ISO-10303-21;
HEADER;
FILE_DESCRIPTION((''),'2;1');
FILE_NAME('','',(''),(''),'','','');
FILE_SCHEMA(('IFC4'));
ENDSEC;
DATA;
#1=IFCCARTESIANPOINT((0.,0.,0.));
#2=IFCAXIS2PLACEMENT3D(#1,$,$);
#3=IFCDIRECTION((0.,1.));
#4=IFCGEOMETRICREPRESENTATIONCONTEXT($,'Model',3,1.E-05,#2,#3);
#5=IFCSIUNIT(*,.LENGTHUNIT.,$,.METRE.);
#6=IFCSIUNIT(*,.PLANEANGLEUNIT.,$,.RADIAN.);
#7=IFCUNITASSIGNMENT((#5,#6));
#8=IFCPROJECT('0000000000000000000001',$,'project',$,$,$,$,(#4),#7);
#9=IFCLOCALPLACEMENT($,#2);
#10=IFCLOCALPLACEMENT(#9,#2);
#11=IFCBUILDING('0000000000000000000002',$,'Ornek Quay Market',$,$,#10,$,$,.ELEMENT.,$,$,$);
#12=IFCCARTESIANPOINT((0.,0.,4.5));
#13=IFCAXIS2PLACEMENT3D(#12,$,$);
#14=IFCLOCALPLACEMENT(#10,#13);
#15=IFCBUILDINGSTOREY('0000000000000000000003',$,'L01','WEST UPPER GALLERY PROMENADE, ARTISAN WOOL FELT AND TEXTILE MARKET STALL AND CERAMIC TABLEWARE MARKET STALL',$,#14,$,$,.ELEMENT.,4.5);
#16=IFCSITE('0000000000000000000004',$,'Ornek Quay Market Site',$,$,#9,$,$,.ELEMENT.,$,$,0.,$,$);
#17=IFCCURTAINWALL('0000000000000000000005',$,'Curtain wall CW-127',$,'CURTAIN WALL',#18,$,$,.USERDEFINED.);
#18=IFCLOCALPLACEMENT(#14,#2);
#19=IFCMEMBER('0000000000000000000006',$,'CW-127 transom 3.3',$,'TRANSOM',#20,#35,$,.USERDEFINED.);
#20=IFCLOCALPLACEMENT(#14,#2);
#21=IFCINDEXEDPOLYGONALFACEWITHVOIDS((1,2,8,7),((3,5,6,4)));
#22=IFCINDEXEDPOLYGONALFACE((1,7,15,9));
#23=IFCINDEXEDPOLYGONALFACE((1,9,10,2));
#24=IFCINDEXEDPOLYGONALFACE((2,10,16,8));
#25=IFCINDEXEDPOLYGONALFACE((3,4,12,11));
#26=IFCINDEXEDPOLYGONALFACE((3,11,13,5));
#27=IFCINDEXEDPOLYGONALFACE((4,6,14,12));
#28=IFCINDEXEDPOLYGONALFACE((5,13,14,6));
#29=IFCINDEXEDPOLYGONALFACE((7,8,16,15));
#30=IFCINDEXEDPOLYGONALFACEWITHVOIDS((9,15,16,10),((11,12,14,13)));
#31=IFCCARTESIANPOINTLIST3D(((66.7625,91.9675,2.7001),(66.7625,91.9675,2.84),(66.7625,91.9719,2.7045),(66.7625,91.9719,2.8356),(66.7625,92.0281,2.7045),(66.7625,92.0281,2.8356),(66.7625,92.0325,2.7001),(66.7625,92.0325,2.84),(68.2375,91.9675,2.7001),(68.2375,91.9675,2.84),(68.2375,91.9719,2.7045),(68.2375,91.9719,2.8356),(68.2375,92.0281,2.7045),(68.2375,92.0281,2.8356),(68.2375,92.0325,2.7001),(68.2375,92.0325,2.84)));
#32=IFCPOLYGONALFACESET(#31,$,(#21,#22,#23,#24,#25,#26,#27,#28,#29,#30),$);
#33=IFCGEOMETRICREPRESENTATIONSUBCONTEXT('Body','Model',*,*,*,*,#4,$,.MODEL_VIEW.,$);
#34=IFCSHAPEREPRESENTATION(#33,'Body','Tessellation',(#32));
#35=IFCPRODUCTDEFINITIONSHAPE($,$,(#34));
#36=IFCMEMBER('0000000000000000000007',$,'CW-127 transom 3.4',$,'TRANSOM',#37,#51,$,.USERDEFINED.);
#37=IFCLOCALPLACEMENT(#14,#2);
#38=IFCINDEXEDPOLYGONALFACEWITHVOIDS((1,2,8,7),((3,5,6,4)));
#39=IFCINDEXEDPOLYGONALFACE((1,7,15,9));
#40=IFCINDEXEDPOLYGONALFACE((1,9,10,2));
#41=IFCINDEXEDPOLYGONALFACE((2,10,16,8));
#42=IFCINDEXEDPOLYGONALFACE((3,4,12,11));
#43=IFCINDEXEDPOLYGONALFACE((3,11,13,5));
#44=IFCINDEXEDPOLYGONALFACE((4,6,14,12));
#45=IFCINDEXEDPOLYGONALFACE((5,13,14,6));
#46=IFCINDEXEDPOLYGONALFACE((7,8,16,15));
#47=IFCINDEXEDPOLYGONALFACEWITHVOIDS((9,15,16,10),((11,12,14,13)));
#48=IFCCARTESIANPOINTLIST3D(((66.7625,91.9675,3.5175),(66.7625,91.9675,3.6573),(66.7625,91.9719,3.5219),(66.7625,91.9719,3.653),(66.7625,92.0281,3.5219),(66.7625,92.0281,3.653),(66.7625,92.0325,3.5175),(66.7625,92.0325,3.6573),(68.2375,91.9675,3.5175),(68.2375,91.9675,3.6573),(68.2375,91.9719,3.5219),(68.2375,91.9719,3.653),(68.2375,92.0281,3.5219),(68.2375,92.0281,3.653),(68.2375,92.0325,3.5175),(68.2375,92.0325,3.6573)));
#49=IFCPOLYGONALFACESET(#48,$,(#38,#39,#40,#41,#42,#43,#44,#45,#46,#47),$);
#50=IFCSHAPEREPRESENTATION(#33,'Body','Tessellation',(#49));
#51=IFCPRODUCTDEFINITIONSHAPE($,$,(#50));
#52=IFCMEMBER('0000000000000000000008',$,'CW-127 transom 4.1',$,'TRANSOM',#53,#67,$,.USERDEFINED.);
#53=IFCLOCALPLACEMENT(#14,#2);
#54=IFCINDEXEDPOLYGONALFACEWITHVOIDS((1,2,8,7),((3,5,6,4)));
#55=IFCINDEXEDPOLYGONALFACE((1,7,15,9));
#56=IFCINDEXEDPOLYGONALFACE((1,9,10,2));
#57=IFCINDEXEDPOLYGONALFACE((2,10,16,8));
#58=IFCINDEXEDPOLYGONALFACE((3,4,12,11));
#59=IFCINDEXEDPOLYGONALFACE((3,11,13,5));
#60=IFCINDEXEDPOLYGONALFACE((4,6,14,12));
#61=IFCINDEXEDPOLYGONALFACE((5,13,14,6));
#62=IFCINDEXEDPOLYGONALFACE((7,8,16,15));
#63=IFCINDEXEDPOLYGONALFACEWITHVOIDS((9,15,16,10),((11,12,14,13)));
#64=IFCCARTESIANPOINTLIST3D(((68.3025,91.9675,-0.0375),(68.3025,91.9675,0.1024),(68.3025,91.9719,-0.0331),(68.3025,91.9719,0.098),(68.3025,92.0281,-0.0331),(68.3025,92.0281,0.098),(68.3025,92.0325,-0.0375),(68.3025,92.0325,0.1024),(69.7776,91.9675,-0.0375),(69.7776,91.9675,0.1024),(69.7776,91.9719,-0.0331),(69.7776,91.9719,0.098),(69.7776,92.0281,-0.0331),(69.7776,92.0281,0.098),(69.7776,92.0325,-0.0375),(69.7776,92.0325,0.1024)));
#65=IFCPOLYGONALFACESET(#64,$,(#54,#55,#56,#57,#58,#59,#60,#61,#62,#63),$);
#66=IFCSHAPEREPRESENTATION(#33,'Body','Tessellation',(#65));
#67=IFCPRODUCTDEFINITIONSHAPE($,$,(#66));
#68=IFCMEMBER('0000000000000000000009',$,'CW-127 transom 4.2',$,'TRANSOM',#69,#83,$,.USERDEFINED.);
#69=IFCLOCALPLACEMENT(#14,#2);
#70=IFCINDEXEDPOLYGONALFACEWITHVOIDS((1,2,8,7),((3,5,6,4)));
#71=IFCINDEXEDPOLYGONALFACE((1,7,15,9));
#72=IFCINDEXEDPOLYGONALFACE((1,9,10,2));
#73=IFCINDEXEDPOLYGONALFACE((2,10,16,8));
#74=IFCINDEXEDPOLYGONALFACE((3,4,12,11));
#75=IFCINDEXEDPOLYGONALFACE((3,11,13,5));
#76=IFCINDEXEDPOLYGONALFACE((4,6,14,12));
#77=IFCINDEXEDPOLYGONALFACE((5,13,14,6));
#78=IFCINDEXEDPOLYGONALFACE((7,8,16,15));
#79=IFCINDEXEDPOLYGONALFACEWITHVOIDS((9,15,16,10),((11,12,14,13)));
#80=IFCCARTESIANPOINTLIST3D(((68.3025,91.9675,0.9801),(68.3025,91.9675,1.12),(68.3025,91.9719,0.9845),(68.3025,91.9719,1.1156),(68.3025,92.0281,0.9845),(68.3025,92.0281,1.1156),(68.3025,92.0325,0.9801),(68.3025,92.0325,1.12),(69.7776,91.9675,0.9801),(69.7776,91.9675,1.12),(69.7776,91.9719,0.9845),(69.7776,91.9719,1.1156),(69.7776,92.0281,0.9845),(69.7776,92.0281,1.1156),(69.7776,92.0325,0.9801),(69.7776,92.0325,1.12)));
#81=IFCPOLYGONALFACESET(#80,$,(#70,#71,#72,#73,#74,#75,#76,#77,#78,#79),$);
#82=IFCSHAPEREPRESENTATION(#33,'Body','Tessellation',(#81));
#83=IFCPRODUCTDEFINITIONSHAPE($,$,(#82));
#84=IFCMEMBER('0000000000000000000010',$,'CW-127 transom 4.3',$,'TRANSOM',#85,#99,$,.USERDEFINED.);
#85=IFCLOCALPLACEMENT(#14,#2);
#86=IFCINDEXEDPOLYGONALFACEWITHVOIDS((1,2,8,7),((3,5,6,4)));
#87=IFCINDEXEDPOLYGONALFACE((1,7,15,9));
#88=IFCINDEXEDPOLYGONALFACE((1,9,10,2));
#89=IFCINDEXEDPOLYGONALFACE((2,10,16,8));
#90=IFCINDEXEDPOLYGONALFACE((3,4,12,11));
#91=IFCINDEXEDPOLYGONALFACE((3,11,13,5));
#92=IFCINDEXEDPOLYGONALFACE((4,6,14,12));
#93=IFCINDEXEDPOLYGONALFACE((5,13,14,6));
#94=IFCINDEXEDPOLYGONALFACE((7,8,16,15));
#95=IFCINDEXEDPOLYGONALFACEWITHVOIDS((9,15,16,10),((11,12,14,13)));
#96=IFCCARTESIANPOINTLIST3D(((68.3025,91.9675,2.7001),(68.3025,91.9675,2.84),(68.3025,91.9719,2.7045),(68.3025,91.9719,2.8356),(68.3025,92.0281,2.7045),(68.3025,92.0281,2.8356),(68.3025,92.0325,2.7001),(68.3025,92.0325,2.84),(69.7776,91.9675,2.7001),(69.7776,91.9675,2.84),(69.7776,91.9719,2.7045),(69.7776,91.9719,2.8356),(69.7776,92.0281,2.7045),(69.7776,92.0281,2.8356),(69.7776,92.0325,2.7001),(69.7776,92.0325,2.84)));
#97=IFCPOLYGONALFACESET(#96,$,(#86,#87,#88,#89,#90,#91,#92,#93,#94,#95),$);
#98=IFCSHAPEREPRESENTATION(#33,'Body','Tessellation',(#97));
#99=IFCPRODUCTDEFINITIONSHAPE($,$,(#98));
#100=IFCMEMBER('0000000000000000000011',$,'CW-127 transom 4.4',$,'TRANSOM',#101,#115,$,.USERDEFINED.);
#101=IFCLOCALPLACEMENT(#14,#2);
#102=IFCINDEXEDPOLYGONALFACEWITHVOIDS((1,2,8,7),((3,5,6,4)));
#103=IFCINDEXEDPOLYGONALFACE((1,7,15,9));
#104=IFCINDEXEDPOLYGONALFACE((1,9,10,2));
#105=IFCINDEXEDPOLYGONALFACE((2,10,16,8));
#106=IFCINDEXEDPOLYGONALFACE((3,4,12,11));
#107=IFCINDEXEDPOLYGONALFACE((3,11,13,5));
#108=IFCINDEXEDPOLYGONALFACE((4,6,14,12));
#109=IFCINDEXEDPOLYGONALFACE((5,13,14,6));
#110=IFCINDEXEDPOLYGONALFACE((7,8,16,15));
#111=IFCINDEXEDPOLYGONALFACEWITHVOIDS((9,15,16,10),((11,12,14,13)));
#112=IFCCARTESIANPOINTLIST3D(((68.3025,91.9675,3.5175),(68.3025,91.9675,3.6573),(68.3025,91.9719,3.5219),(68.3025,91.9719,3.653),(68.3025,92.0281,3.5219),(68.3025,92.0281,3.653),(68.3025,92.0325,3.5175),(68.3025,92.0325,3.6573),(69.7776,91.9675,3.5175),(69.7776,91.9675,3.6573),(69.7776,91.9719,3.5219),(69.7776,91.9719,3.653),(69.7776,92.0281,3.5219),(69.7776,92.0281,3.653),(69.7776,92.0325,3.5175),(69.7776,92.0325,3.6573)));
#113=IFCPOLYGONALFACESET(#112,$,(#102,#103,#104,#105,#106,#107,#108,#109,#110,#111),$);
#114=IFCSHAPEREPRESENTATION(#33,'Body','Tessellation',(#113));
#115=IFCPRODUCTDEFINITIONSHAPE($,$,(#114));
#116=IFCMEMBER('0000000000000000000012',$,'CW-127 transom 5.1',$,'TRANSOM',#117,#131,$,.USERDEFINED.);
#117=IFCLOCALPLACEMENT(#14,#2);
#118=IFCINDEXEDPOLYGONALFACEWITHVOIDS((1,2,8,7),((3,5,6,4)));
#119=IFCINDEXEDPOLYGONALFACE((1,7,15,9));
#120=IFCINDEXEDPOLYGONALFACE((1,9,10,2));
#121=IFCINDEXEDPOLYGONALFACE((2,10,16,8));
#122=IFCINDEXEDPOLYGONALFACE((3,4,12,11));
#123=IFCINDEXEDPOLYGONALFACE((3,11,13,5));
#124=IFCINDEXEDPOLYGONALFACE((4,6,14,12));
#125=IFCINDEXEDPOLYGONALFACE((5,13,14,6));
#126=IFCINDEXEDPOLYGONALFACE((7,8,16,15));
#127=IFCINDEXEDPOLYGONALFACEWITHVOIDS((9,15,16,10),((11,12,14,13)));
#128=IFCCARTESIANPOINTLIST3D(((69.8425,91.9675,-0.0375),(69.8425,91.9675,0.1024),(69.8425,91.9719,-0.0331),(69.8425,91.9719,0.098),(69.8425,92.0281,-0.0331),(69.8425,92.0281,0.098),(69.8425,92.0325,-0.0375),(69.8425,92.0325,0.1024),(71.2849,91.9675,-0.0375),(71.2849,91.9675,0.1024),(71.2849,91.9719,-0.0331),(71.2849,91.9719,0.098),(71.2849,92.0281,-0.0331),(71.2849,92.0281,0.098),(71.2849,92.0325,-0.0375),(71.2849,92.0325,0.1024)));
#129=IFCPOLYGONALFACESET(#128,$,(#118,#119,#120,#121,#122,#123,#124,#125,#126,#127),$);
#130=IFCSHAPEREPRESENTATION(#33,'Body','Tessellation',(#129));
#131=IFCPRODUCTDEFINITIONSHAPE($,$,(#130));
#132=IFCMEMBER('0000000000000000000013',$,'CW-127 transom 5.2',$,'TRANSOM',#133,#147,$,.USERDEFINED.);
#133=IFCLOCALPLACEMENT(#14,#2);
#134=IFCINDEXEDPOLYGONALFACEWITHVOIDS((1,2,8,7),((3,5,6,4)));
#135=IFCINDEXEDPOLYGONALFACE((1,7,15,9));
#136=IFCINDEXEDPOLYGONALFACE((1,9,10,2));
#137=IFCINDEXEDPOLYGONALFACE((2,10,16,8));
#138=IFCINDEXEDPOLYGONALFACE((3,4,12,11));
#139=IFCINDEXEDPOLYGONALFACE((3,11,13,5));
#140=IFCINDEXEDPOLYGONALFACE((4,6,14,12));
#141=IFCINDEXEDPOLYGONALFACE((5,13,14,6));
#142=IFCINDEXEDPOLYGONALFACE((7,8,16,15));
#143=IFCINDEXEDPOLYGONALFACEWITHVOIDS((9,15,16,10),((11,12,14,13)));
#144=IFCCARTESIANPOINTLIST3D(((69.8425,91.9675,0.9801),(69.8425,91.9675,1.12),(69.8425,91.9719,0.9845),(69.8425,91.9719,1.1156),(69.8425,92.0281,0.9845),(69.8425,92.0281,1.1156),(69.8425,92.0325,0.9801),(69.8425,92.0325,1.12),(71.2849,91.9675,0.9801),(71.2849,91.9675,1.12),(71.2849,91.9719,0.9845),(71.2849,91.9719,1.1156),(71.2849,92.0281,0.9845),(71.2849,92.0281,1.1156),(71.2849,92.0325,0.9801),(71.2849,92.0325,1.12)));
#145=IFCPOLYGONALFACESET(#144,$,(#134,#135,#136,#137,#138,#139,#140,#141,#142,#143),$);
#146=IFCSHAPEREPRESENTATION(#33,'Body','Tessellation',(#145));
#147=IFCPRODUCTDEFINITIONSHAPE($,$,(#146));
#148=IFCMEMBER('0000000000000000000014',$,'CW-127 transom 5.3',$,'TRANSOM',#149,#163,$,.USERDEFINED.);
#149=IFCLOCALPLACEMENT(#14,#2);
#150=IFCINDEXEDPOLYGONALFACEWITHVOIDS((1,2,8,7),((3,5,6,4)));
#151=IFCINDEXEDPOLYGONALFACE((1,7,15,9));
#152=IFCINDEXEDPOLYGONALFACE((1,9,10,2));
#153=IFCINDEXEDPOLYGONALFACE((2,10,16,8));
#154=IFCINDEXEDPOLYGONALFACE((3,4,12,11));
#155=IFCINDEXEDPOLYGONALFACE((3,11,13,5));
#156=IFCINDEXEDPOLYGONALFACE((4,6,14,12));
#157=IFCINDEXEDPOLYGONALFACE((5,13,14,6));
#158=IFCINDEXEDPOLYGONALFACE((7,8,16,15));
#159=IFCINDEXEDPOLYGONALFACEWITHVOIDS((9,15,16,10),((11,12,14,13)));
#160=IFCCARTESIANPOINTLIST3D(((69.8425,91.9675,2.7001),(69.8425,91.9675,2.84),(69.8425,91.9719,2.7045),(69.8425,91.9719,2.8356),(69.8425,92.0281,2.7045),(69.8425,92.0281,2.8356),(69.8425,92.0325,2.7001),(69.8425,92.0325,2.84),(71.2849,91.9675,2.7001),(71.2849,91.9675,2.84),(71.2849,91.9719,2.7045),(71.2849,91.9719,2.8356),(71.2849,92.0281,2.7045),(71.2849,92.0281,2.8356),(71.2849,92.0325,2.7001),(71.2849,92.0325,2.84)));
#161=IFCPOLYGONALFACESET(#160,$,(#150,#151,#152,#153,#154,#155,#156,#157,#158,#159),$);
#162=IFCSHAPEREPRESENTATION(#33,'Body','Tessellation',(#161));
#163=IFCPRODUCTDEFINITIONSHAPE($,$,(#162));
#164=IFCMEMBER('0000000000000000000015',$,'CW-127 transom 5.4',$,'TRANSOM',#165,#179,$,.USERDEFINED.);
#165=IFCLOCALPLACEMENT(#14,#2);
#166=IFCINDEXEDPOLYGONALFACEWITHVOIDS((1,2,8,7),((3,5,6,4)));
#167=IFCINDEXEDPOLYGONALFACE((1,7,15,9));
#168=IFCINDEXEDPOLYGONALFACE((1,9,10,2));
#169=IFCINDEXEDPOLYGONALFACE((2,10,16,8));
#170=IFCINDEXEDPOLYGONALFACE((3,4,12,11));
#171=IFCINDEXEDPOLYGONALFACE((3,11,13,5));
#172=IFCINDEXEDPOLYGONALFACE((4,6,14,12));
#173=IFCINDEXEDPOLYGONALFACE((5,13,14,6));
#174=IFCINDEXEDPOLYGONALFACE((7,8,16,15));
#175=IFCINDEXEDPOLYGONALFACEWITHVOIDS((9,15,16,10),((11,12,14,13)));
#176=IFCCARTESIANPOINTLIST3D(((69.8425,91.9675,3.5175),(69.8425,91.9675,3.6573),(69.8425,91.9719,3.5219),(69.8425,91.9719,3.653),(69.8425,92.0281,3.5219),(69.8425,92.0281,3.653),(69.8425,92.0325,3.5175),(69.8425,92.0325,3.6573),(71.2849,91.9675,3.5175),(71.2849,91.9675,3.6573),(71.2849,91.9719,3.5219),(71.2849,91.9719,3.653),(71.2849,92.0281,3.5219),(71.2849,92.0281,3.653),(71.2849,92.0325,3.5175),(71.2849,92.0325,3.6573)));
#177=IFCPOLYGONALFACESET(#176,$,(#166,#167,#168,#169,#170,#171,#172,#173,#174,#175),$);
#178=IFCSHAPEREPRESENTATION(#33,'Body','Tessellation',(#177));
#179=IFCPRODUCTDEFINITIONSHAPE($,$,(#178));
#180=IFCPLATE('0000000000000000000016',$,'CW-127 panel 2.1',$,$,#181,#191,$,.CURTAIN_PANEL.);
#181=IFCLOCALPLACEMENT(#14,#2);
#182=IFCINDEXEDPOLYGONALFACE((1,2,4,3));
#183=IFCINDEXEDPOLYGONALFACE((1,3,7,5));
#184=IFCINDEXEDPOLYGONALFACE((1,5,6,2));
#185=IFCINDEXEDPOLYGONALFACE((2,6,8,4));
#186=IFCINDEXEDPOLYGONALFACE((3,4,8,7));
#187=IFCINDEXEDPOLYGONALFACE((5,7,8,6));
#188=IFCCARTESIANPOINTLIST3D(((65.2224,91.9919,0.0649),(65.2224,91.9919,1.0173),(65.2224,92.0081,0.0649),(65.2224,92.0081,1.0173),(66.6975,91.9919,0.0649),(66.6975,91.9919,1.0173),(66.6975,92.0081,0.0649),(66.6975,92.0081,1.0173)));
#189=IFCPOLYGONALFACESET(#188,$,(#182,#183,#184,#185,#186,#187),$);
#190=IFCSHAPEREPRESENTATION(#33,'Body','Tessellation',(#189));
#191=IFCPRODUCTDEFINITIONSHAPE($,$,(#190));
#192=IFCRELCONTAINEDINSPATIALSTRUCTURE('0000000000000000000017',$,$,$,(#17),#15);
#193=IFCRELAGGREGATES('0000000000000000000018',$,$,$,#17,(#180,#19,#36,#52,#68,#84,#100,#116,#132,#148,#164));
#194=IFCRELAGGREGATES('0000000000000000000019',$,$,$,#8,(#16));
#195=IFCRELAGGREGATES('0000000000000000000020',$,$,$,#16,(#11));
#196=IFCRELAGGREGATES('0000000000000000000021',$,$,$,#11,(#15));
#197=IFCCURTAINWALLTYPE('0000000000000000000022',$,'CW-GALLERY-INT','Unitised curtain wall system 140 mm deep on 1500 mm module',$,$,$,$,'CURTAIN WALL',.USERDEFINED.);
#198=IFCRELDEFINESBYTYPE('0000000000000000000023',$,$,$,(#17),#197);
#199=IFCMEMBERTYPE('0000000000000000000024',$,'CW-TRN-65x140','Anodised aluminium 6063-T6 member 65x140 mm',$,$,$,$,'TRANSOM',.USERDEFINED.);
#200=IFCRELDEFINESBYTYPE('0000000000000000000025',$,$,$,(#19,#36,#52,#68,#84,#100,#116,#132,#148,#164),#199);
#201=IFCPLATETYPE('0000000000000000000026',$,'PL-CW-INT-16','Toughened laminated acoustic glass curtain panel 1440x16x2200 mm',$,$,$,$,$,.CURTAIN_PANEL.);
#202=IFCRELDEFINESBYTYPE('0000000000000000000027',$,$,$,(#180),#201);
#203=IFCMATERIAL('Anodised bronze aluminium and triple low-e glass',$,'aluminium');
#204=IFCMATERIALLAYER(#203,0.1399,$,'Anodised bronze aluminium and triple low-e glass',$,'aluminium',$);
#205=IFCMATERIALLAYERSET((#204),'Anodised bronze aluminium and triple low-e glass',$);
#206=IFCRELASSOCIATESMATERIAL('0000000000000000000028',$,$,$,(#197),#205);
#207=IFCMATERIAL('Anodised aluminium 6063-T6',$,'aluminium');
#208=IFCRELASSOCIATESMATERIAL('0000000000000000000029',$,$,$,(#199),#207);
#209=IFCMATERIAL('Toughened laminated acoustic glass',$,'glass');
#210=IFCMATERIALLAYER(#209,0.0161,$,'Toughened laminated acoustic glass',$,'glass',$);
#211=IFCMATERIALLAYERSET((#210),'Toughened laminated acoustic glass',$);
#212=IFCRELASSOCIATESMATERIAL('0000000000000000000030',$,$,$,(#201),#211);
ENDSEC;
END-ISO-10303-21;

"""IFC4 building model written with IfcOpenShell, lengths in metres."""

from ifc_helpers import new_model, si_unit, direction, frame, origin, origin_2d, place, context, subcontext, project, spatial, rectangle, hollow_rectangle, extrude, material, layer, layer_set, material_profile, profile_set, type_object, element, aggregate, save


model = new_model("IFC4")

# Units and contexts
model_context = context("Model", 3, precision=1e-05, world=origin(), true_north=direction((0.0, 1.0)))
body_context = subcontext(model_context, "Body", "Model", "MODEL_VIEW")
ifc_project = project(units=[si_unit("LENGTHUNIT", "METRE"), si_unit("PLANEANGLEUNIT", "RADIAN")], contexts=[model_context])

# Site, building, storey
site_placement = place(None, origin())
site = spatial("IfcSite", under=ifc_project, at=site_placement, Name="Ornek Quay Market Site", CompositionType="ELEMENT", RefElevation=0.0)
building_placement = place(site_placement, origin())
building = spatial("IfcBuilding", under=site, at=building_placement, Name="Ornek Quay Market", CompositionType="ELEMENT")
storey_placement = place(building_placement, frame((0.0, 0.0, 4.5)))
storey = spatial("IfcBuildingStorey", under=building, at=storey_placement, Name="L01", Description="WEST UPPER GALLERY PROMENADE, ARTISAN WOOL FELT AND TEXTILE MARKET STALL AND CERAMIC TABLEWARE MARKET STALL", CompositionType="ELEMENT", Elevation=4.5)

# Curtain wall, members, plate
ifc_material_1 = material(Name="Anodised bronze aluminium and triple low-e glass", Category="aluminium")
ifc_layer_1 = layer(ifc_material_1, 0.1399, Name="Anodised bronze aluminium and triple low-e glass", Category="aluminium")
ifc_layer_set_1 = layer_set([ifc_layer_1], Name="Anodised bronze aluminium and triple low-e glass")
curtain_wall_type = type_object("IfcCurtainWallType", Name="CW-GALLERY-INT", Description="Unitised curtain wall system 140 mm deep on 1500 mm module", ElementType="CURTAIN WALL", PredefinedType="USERDEFINED", material=ifc_layer_set_1)
curtain_wall_placement = place(storey_placement, origin())
curtain_wall = element("IfcCurtainWall", 1, at=curtain_wall_placement, inside=storey, type_object=curtain_wall_type, Name="Curtain wall CW-127", ObjectType="CURTAIN WALL", PredefinedType="USERDEFINED")
ifc_material_2 = material(Name="Anodised aluminium 6063-T6", Category="aluminium")
ifc_material_profile_1 = material_profile(ifc_material_2, hollow_rectangle(XDim=0.0649, YDim=0.1399, WallThickness=0.0044, at=origin_2d()), Name="CW-TRN-65x140", Category="aluminium")
ifc_profile_set_1 = profile_set([ifc_material_profile_1], Name="Anodised aluminium 6063-T6")
member_type_1 = type_object("IfcMemberType", Name="CW-TRN-65x140", Description="Anodised aluminium 6063-T6 member 65x140 mm", ElementType="TRANSOM", PredefinedType="USERDEFINED", material=ifc_profile_set_1)
member_1_placement = place(storey_placement, frame((66.7625, 92.0, 2.77), z_axis=(1.0, 0.0, 0.0), x_axis=(0.0, 1.0, 0.0)))
member_1 = element("IfcMember", 2, at=member_1_placement, type_object=member_type_1, Name="CW-127 transom 3.3", ObjectType="TRANSOM", PredefinedType="USERDEFINED", context=body_context, shape_type="SweptSolid", body=[
    extrude(hollow_rectangle(XDim=0.0649, YDim=0.1399, WallThickness=0.0044, at=origin_2d()), origin(), (0.0, 0.0, 1.0), 1.4751),
])
member_2_placement = place(storey_placement, frame((66.7625, 92.0, 3.5874), z_axis=(1.0, 0.0, 0.0), x_axis=(0.0, 1.0, 0.0)))
member_2 = element("IfcMember", 3, at=member_2_placement, type_object=member_type_1, Name="CW-127 transom 3.4", ObjectType="TRANSOM", PredefinedType="USERDEFINED", context=body_context, shape_type="SweptSolid", body=[
    extrude(hollow_rectangle(XDim=0.0649, YDim=0.1399, WallThickness=0.0044, at=origin_2d()), origin(), (0.0, 0.0, 1.0), 1.4751),
])
member_3_placement = place(storey_placement, frame((68.3025, 92.0, 0.0325), z_axis=(1.0, 0.0, 0.0), x_axis=(0.0, 1.0, 0.0)))
member_3 = element("IfcMember", 4, at=member_3_placement, type_object=member_type_1, Name="CW-127 transom 4.1", ObjectType="TRANSOM", PredefinedType="USERDEFINED", context=body_context, shape_type="SweptSolid", body=[
    extrude(hollow_rectangle(XDim=0.0649, YDim=0.1399, WallThickness=0.0044, at=origin_2d()), origin(), (0.0, 0.0, 1.0), 1.4751),
])
member_4_placement = place(storey_placement, frame((68.3025, 92.0, 1.05), z_axis=(1.0, 0.0, 0.0), x_axis=(0.0, 1.0, 0.0)))
member_4 = element("IfcMember", 5, at=member_4_placement, type_object=member_type_1, Name="CW-127 transom 4.2", ObjectType="TRANSOM", PredefinedType="USERDEFINED", context=body_context, shape_type="SweptSolid", body=[
    extrude(hollow_rectangle(XDim=0.0649, YDim=0.1399, WallThickness=0.0044, at=origin_2d()), origin(), (0.0, 0.0, 1.0), 1.4751),
])
member_5_placement = place(storey_placement, frame((68.3025, 92.0, 2.77), z_axis=(1.0, 0.0, 0.0), x_axis=(0.0, 1.0, 0.0)))
member_5 = element("IfcMember", 6, at=member_5_placement, type_object=member_type_1, Name="CW-127 transom 4.3", ObjectType="TRANSOM", PredefinedType="USERDEFINED", context=body_context, shape_type="SweptSolid", body=[
    extrude(hollow_rectangle(XDim=0.0649, YDim=0.1399, WallThickness=0.0044, at=origin_2d()), origin(), (0.0, 0.0, 1.0), 1.4751),
])
member_6_placement = place(storey_placement, frame((68.3025, 92.0, 3.5874), z_axis=(1.0, 0.0, 0.0), x_axis=(0.0, 1.0, 0.0)))
member_6 = element("IfcMember", 7, at=member_6_placement, type_object=member_type_1, Name="CW-127 transom 4.4", ObjectType="TRANSOM", PredefinedType="USERDEFINED", context=body_context, shape_type="SweptSolid", body=[
    extrude(hollow_rectangle(XDim=0.0649, YDim=0.1399, WallThickness=0.0044, at=origin_2d()), origin(), (0.0, 0.0, 1.0), 1.4751),
])
member_7_placement = place(storey_placement, frame((69.8425, 92.0, 0.0325), z_axis=(1.0, 0.0, 0.0), x_axis=(0.0, 1.0, 0.0)))
member_7 = element("IfcMember", 8, at=member_7_placement, type_object=member_type_1, Name="CW-127 transom 5.1", ObjectType="TRANSOM", PredefinedType="USERDEFINED", context=body_context, shape_type="SweptSolid", body=[
    extrude(hollow_rectangle(XDim=0.0649, YDim=0.1399, WallThickness=0.0044, at=origin_2d()), origin(), (0.0, 0.0, 1.0), 1.4424),
])
member_8_placement = place(storey_placement, frame((69.8425, 92.0, 1.05), z_axis=(1.0, 0.0, 0.0), x_axis=(0.0, 1.0, 0.0)))
member_8 = element("IfcMember", 9, at=member_8_placement, type_object=member_type_1, Name="CW-127 transom 5.2", ObjectType="TRANSOM", PredefinedType="USERDEFINED", context=body_context, shape_type="SweptSolid", body=[
    extrude(hollow_rectangle(XDim=0.0649, YDim=0.1399, WallThickness=0.0044, at=origin_2d()), origin(), (0.0, 0.0, 1.0), 1.4424),
])
member_9_placement = place(storey_placement, frame((69.8425, 92.0, 2.77), z_axis=(1.0, 0.0, 0.0), x_axis=(0.0, 1.0, 0.0)))
member_9 = element("IfcMember", 10, at=member_9_placement, type_object=member_type_1, Name="CW-127 transom 5.3", ObjectType="TRANSOM", PredefinedType="USERDEFINED", context=body_context, shape_type="SweptSolid", body=[
    extrude(hollow_rectangle(XDim=0.0649, YDim=0.1399, WallThickness=0.0044, at=origin_2d()), origin(), (0.0, 0.0, 1.0), 1.4424),
])
member_10_placement = place(storey_placement, frame((69.8425, 92.0, 3.5874), z_axis=(1.0, 0.0, 0.0), x_axis=(0.0, 1.0, 0.0)))
member_10 = element("IfcMember", 11, at=member_10_placement, type_object=member_type_1, Name="CW-127 transom 5.4", ObjectType="TRANSOM", PredefinedType="USERDEFINED", context=body_context, shape_type="SweptSolid", body=[
    extrude(hollow_rectangle(XDim=0.0649, YDim=0.1399, WallThickness=0.0044, at=origin_2d()), origin(), (0.0, 0.0, 1.0), 1.4424),
])
ifc_material_3 = material(Name="Toughened laminated acoustic glass", Category="glass")
ifc_layer_2 = layer(ifc_material_3, 0.0161, Name="Toughened laminated acoustic glass", Category="glass")
ifc_layer_set_2 = layer_set([ifc_layer_2], Name="Toughened laminated acoustic glass")
plate_type = type_object("IfcPlateType", Name="PL-CW-INT-16", Description="Toughened laminated acoustic glass curtain panel 1440x16x2200 mm", PredefinedType="CURTAIN_PANEL", material=ifc_layer_set_2)
plate_1_placement = place(storey_placement, frame((65.96, 92.0, 0.0649), z_axis=(0.0, 0.0, 1.0), x_axis=(1.0, 0.0, 0.0)))
plate_1 = element("IfcPlate", 12, at=plate_1_placement, type_object=plate_type, Name="CW-127 panel 2.1", PredefinedType="CURTAIN_PANEL", context=body_context, shape_type="SweptSolid", body=[
    extrude(rectangle(XDim=1.4751, YDim=0.0161, at=origin_2d()), origin(), (0.0, 0.0, 1.0), 0.9524),
])
aggregate(curtain_wall, [plate_1, member_1, member_2, member_3, member_4, member_5, member_6, member_7, member_8, member_9, member_10])

save(model, "model.ifc")
